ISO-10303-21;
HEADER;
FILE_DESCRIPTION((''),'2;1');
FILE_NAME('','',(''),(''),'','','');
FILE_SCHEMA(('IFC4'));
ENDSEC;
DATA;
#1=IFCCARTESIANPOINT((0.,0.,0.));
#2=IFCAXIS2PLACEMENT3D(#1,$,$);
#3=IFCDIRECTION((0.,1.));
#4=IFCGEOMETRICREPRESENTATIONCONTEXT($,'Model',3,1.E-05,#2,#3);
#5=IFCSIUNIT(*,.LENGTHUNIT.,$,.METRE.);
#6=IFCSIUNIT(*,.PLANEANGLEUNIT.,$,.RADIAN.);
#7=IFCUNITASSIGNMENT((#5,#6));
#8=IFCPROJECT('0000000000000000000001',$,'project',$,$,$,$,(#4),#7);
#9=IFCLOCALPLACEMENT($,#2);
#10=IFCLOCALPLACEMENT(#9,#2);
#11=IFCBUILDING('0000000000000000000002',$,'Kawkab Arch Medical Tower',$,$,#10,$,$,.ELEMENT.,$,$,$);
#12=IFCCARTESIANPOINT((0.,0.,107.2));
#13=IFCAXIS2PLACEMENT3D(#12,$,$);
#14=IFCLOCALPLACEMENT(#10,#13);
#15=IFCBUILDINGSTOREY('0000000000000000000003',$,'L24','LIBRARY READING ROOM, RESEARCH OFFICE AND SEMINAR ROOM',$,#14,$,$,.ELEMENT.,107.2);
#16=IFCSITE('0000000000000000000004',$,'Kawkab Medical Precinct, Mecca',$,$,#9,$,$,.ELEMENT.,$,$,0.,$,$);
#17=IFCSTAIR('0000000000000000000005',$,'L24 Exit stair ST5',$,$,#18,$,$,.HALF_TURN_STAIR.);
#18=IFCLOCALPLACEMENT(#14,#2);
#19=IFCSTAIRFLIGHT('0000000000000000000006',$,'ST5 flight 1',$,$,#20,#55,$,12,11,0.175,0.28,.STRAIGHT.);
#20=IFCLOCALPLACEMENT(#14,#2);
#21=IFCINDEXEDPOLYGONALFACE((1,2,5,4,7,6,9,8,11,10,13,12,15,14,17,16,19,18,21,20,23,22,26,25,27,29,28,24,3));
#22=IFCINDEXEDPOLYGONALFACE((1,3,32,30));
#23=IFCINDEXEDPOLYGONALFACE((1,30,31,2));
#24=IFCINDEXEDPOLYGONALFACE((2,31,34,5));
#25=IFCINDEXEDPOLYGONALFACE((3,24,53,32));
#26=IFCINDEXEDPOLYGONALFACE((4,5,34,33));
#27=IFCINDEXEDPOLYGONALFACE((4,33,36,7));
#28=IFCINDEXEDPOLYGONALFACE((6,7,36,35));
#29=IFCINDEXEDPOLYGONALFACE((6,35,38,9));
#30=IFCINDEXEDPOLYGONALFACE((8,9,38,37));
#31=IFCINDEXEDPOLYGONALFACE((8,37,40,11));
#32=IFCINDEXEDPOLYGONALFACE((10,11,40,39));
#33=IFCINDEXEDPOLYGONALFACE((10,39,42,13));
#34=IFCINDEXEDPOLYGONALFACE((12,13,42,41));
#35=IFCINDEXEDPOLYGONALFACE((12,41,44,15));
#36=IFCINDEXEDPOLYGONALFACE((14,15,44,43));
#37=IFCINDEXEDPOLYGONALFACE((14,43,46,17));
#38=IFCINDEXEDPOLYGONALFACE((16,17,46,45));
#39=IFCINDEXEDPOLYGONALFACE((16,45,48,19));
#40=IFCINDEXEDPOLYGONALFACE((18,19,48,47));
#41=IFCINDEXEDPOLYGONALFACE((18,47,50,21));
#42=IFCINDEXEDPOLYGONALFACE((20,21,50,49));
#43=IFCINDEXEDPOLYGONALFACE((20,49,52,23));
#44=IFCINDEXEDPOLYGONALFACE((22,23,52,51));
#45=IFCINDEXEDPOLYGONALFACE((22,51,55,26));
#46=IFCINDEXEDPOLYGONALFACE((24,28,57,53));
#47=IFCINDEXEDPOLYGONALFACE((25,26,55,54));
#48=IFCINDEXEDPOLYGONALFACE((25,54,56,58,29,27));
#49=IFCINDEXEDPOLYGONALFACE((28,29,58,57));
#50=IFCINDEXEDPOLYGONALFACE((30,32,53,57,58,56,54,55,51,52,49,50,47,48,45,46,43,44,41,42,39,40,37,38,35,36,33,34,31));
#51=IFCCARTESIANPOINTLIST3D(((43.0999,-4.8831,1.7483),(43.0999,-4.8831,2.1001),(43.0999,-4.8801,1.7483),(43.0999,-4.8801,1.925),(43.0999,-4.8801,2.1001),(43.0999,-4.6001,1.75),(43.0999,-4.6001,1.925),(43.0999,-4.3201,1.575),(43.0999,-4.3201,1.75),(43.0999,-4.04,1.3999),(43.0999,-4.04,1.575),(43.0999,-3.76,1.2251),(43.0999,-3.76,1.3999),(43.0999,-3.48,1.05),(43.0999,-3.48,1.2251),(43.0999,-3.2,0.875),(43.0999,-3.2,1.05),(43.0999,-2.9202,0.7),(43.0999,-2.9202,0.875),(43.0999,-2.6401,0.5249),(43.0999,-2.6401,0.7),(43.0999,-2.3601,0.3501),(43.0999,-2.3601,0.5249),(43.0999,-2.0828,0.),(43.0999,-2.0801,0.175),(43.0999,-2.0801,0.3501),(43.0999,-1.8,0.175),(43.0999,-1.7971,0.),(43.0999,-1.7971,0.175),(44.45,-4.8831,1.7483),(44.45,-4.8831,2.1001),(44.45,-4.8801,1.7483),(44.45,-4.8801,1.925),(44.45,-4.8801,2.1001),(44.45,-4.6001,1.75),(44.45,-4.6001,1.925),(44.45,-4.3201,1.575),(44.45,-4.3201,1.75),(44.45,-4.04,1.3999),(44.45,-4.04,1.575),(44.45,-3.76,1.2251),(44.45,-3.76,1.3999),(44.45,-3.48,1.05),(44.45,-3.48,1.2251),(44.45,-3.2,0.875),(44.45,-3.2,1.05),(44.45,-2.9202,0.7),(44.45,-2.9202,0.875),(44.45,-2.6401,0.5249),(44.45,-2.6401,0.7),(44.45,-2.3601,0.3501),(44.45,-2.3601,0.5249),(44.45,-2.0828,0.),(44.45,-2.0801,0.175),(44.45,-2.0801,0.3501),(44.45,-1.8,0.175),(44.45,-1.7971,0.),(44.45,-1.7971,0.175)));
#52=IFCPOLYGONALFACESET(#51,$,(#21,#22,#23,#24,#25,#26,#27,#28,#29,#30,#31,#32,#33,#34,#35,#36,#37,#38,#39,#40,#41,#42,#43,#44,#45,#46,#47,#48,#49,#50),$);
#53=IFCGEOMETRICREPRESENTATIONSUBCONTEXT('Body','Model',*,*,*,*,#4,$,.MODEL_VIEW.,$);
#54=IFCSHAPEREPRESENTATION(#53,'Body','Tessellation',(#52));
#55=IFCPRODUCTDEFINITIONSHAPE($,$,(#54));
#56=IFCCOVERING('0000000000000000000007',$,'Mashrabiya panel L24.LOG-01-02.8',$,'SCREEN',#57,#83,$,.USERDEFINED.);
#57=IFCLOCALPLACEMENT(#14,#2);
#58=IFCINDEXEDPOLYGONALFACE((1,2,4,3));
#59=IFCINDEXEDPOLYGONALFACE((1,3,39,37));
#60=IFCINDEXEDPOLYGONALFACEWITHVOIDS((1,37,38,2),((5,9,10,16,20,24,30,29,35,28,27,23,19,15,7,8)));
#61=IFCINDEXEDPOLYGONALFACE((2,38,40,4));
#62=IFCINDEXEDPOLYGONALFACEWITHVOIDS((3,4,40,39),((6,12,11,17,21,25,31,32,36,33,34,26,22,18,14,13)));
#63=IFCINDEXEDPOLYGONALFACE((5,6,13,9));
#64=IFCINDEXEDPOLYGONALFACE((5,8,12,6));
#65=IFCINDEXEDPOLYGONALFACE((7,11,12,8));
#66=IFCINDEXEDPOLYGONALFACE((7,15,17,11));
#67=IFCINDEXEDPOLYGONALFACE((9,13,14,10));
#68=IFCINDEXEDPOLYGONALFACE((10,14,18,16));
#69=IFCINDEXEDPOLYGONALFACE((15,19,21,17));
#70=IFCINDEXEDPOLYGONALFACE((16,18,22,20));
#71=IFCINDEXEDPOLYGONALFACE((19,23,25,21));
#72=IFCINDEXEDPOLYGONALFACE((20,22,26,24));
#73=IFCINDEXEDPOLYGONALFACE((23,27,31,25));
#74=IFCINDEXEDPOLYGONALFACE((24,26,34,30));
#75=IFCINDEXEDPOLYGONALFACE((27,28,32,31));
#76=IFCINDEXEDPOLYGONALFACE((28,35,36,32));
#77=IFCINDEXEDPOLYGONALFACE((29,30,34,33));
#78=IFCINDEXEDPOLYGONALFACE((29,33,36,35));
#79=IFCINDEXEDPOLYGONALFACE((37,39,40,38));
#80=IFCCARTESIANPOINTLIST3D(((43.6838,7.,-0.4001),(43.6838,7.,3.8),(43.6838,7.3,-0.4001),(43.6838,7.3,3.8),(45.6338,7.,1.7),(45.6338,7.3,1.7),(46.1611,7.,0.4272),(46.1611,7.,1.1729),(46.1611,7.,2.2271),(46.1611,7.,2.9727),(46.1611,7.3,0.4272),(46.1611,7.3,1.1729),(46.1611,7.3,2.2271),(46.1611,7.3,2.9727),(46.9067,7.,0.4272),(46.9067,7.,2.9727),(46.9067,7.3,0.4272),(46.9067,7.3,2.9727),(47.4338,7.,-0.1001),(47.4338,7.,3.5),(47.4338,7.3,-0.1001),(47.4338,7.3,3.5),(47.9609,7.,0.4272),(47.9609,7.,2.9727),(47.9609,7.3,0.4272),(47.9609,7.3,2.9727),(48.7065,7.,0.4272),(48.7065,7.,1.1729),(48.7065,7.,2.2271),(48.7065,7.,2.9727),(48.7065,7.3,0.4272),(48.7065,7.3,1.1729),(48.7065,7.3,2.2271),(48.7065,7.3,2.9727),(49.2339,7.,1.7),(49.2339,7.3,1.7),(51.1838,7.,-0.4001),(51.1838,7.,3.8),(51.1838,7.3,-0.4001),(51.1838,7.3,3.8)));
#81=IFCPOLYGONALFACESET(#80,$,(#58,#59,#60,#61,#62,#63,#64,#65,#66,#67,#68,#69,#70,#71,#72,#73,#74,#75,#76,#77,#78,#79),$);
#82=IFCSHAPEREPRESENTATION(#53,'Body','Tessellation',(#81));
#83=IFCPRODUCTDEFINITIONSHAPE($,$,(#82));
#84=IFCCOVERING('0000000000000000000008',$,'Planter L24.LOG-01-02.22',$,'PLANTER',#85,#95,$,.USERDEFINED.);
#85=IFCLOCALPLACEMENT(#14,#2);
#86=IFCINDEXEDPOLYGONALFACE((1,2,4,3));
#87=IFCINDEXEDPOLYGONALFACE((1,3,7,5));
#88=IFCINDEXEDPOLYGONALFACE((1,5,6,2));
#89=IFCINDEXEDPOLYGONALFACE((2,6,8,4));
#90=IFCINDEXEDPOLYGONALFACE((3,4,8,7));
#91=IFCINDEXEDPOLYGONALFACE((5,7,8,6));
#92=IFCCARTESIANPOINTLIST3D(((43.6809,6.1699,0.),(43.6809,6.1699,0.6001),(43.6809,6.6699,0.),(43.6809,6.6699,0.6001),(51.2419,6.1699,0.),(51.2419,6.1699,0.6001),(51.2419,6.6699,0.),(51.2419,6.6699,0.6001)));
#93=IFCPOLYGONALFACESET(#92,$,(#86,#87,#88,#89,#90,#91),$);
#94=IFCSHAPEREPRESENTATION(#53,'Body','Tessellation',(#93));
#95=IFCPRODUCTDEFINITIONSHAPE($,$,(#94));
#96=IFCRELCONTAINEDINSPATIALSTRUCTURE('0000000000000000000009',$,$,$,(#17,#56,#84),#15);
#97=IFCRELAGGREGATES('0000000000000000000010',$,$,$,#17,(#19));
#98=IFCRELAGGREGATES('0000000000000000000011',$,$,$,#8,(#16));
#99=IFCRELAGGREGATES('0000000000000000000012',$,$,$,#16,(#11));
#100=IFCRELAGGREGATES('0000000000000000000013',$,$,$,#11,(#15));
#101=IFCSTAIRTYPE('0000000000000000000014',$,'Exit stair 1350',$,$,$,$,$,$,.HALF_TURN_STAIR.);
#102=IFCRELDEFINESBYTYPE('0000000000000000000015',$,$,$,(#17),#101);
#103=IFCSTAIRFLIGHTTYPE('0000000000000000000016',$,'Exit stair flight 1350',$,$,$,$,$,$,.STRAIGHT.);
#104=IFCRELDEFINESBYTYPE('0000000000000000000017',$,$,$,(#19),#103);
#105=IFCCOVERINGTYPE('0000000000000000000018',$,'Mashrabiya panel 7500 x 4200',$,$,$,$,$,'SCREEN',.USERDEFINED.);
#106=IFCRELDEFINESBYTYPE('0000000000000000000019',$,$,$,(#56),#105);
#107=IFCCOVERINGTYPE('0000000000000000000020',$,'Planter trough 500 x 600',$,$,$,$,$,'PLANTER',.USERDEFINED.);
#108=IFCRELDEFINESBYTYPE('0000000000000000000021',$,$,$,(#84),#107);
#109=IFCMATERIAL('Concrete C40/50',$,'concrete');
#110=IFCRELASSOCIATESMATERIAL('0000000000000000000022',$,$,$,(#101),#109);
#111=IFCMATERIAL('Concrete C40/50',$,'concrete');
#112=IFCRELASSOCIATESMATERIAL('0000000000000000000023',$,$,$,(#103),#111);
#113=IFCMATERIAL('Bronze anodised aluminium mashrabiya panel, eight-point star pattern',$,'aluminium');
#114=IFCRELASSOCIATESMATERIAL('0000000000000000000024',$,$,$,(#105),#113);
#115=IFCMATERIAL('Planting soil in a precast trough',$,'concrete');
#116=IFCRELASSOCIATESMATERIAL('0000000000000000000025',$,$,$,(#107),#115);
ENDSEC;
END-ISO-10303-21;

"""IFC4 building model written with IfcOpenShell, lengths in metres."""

from ifc_helpers import new_model, si_unit, direction, frame, origin, origin_2d, place, context, subcontext, project, spatial, polyline, rectangle, outline, extrude, material, material_profile, profile_set, type_object, element, aggregate, save


model = new_model("IFC4")

# Units and contexts
model_context = context("Model", 3, precision=1e-05, world=origin(), true_north=direction((0.0, 1.0)))
body_context = subcontext(model_context, "Body", "Model", "MODEL_VIEW")
ifc_project = project(units=[si_unit("LENGTHUNIT", "METRE"), si_unit("PLANEANGLEUNIT", "RADIAN")], contexts=[model_context])

# Site, building, storey
site_placement = place(None, origin())
site = spatial("IfcSite", under=ifc_project, at=site_placement, Name="Kawkab Medical Precinct, Mecca", CompositionType="ELEMENT", RefElevation=0.0)
building_placement = place(site_placement, origin())
building = spatial("IfcBuilding", under=site, at=building_placement, Name="Kawkab Arch Medical Tower", CompositionType="ELEMENT")
storey_placement = place(building_placement, frame((0.0, 0.0, 107.2)))
storey = spatial("IfcBuildingStorey", under=building, at=storey_placement, Name="L24", Description="LIBRARY READING ROOM, RESEARCH OFFICE AND SEMINAR ROOM", CompositionType="ELEMENT", Elevation=107.2)

# Shared definitions
placement = place(storey_placement, origin())

# Stair, stair flight
ifc_material_1 = material(Name="Concrete C40/50", Category="concrete")
stair_type = type_object("IfcStairType", Name="Exit stair 1350", PredefinedType="HALF_TURN_STAIR", material=ifc_material_1)
stair = element("IfcStair", 1, at=placement, inside=storey, type_object=stair_type, Name="L24 Exit stair ST5", PredefinedType="HALF_TURN_STAIR")
ifc_material_2 = material(Name="Concrete C40/50", Category="concrete")
stair_flight_type = type_object("IfcStairFlightType", Name="Exit stair flight 1350", PredefinedType="STRAIGHT", material=ifc_material_2)
stair_flight_placement = place(storey_placement, frame((43.7749, -1.8, 0.0), z_axis=(0.0, 0.0, 1.0), x_axis=(0.0, -1.0, 0.0)))
stair_flight = element("IfcStairFlight", 2, at=stair_flight_placement, type_object=stair_flight_type, Name="ST5 flight 1", NumberOfRisers=12, NumberOfTreads=11, PredefinedType="STRAIGHT", RiserHeight=0.175, TreadLength=0.28, context=body_context, shape_type="SweptSolid", body=[
    extrude(outline(polyline([(-0.0029, 0.0), (-0.0029, 0.175), (0.0, 0.175), (0.28, 0.175), (0.28, 0.3501), (0.5601, 0.3501), (0.5601, 0.5249), (0.8401, 0.5249), (0.8401, 0.7), (1.1201, 0.7), (1.1201, 0.875), (1.3999, 0.875), (1.3999, 1.05), (1.6799, 1.05), (1.6799, 1.2251), (1.96, 1.2251), (1.96, 1.3999), (2.24, 1.3999), (2.24, 1.575), (2.52, 1.575), (2.52, 1.75), (2.8, 1.75), (2.8, 1.925), (3.0801, 1.925), (3.0801, 2.1001), (3.083, 2.1001), (3.083, 1.7483), (3.0801, 1.7483), (0.2827, 0.0), (-0.0029, 0.0)])), frame((0.0, 0.675, 0.0), z_axis=(0.0, -1.0, 0.0), x_axis=(1.0, 0.0, 0.0)), (0.0, 0.0, 1.0), 1.3501),
])
aggregate(stair, [stair_flight])

# Coverings
ifc_material_3 = material(Name="Bronze anodised aluminium mashrabiya panel, eight-point star pattern", Category="aluminium")
ifc_material_profile_1 = material_profile(ifc_material_3, outline(polyline([(-3.75, -2.1001), (3.75, -2.1001), (3.75, 2.1001), (-3.75, 2.1001), (-3.75, -2.1001)]), holes=[polyline([(1.8, 0.0), (1.2727, 0.5271), (1.2727, 1.2727), (0.5271, 1.2727), (0.0, 1.8), (-0.5271, 1.2727), (-1.2727, 1.2727), (-1.2727, 0.5271), (-1.8, 0.0), (-1.2727, -0.5271), (-1.2727, -1.2727), (-0.5271, -1.2727), (0.0, -1.8), (0.5271, -1.2727), (1.2727, -1.2727), (1.2727, -0.5271), (1.8, 0.0)])]), Name="Mashrabiya panel 7500x4200")
ifc_profile_set_1 = profile_set([ifc_material_profile_1], Name="Bronze anodised aluminium mashrabiya panel, eight-point star pattern")
covering_type_1 = type_object("IfcCoveringType", Name="Mashrabiya panel 7500 x 4200", ElementType="SCREEN", PredefinedType="USERDEFINED", material=ifc_profile_set_1)
covering_1_placement = place(storey_placement, frame((47.4338, 7.0, 1.7), z_axis=(0.0, 1.0, 0.0), x_axis=(-1.0, 0.0, 0.0)))
element("IfcCovering", 3, at=covering_1_placement, inside=storey, type_object=covering_type_1, Name="Mashrabiya panel L24.LOG-01-02.8", ObjectType="SCREEN", PredefinedType="USERDEFINED", context=body_context, shape_type="SweptSolid", body=[
    extrude(outline(polyline([(-3.75, -2.1001), (3.75, -2.1001), (3.75, 2.1001), (-3.75, 2.1001), (-3.75, -2.1001)]), holes=[polyline([(1.8, 0.0), (1.2727, 0.5271), (1.2727, 1.2727), (0.5271, 1.2727), (0.0, 1.8), (-0.5271, 1.2727), (-1.2727, 1.2727), (-1.2727, 0.5271), (-1.8, 0.0), (-1.2727, -0.5271), (-1.2727, -1.2727), (-0.5271, -1.2727), (0.0, -1.8), (0.5271, -1.2727), (1.2727, -1.2727), (1.2727, -0.5271), (1.8, 0.0)])]), origin(), (0.0, 0.0, 1.0), 0.3),
])
ifc_material_4 = material(Name="Planting soil in a precast trough", Category="concrete")
ifc_material_profile_2 = material_profile(ifc_material_4, rectangle(XDim=0.5, YDim=0.6001, at=origin_2d()), Name="Trough 500x600")
ifc_profile_set_2 = profile_set([ifc_material_profile_2], Name="Planting soil in a precast trough")
covering_type_2 = type_object("IfcCoveringType", Name="Planter trough 500 x 600", ElementType="PLANTER", PredefinedType="USERDEFINED", material=ifc_profile_set_2)
covering_2_placement = place(storey_placement, frame((43.6809, 6.4199, 0.3), z_axis=(1.0, 0.0, 0.0), x_axis=(0.0, 1.0, 0.0)))
element("IfcCovering", 4, at=covering_2_placement, inside=storey, type_object=covering_type_2, Name="Planter L24.LOG-01-02.22", ObjectType="PLANTER", PredefinedType="USERDEFINED", context=body_context, shape_type="SweptSolid", body=[
    extrude(rectangle(XDim=0.5, YDim=0.6001, at=origin_2d()), origin(), (0.0, 0.0, 1.0), 7.561),
])

save(model, "model.ifc")
